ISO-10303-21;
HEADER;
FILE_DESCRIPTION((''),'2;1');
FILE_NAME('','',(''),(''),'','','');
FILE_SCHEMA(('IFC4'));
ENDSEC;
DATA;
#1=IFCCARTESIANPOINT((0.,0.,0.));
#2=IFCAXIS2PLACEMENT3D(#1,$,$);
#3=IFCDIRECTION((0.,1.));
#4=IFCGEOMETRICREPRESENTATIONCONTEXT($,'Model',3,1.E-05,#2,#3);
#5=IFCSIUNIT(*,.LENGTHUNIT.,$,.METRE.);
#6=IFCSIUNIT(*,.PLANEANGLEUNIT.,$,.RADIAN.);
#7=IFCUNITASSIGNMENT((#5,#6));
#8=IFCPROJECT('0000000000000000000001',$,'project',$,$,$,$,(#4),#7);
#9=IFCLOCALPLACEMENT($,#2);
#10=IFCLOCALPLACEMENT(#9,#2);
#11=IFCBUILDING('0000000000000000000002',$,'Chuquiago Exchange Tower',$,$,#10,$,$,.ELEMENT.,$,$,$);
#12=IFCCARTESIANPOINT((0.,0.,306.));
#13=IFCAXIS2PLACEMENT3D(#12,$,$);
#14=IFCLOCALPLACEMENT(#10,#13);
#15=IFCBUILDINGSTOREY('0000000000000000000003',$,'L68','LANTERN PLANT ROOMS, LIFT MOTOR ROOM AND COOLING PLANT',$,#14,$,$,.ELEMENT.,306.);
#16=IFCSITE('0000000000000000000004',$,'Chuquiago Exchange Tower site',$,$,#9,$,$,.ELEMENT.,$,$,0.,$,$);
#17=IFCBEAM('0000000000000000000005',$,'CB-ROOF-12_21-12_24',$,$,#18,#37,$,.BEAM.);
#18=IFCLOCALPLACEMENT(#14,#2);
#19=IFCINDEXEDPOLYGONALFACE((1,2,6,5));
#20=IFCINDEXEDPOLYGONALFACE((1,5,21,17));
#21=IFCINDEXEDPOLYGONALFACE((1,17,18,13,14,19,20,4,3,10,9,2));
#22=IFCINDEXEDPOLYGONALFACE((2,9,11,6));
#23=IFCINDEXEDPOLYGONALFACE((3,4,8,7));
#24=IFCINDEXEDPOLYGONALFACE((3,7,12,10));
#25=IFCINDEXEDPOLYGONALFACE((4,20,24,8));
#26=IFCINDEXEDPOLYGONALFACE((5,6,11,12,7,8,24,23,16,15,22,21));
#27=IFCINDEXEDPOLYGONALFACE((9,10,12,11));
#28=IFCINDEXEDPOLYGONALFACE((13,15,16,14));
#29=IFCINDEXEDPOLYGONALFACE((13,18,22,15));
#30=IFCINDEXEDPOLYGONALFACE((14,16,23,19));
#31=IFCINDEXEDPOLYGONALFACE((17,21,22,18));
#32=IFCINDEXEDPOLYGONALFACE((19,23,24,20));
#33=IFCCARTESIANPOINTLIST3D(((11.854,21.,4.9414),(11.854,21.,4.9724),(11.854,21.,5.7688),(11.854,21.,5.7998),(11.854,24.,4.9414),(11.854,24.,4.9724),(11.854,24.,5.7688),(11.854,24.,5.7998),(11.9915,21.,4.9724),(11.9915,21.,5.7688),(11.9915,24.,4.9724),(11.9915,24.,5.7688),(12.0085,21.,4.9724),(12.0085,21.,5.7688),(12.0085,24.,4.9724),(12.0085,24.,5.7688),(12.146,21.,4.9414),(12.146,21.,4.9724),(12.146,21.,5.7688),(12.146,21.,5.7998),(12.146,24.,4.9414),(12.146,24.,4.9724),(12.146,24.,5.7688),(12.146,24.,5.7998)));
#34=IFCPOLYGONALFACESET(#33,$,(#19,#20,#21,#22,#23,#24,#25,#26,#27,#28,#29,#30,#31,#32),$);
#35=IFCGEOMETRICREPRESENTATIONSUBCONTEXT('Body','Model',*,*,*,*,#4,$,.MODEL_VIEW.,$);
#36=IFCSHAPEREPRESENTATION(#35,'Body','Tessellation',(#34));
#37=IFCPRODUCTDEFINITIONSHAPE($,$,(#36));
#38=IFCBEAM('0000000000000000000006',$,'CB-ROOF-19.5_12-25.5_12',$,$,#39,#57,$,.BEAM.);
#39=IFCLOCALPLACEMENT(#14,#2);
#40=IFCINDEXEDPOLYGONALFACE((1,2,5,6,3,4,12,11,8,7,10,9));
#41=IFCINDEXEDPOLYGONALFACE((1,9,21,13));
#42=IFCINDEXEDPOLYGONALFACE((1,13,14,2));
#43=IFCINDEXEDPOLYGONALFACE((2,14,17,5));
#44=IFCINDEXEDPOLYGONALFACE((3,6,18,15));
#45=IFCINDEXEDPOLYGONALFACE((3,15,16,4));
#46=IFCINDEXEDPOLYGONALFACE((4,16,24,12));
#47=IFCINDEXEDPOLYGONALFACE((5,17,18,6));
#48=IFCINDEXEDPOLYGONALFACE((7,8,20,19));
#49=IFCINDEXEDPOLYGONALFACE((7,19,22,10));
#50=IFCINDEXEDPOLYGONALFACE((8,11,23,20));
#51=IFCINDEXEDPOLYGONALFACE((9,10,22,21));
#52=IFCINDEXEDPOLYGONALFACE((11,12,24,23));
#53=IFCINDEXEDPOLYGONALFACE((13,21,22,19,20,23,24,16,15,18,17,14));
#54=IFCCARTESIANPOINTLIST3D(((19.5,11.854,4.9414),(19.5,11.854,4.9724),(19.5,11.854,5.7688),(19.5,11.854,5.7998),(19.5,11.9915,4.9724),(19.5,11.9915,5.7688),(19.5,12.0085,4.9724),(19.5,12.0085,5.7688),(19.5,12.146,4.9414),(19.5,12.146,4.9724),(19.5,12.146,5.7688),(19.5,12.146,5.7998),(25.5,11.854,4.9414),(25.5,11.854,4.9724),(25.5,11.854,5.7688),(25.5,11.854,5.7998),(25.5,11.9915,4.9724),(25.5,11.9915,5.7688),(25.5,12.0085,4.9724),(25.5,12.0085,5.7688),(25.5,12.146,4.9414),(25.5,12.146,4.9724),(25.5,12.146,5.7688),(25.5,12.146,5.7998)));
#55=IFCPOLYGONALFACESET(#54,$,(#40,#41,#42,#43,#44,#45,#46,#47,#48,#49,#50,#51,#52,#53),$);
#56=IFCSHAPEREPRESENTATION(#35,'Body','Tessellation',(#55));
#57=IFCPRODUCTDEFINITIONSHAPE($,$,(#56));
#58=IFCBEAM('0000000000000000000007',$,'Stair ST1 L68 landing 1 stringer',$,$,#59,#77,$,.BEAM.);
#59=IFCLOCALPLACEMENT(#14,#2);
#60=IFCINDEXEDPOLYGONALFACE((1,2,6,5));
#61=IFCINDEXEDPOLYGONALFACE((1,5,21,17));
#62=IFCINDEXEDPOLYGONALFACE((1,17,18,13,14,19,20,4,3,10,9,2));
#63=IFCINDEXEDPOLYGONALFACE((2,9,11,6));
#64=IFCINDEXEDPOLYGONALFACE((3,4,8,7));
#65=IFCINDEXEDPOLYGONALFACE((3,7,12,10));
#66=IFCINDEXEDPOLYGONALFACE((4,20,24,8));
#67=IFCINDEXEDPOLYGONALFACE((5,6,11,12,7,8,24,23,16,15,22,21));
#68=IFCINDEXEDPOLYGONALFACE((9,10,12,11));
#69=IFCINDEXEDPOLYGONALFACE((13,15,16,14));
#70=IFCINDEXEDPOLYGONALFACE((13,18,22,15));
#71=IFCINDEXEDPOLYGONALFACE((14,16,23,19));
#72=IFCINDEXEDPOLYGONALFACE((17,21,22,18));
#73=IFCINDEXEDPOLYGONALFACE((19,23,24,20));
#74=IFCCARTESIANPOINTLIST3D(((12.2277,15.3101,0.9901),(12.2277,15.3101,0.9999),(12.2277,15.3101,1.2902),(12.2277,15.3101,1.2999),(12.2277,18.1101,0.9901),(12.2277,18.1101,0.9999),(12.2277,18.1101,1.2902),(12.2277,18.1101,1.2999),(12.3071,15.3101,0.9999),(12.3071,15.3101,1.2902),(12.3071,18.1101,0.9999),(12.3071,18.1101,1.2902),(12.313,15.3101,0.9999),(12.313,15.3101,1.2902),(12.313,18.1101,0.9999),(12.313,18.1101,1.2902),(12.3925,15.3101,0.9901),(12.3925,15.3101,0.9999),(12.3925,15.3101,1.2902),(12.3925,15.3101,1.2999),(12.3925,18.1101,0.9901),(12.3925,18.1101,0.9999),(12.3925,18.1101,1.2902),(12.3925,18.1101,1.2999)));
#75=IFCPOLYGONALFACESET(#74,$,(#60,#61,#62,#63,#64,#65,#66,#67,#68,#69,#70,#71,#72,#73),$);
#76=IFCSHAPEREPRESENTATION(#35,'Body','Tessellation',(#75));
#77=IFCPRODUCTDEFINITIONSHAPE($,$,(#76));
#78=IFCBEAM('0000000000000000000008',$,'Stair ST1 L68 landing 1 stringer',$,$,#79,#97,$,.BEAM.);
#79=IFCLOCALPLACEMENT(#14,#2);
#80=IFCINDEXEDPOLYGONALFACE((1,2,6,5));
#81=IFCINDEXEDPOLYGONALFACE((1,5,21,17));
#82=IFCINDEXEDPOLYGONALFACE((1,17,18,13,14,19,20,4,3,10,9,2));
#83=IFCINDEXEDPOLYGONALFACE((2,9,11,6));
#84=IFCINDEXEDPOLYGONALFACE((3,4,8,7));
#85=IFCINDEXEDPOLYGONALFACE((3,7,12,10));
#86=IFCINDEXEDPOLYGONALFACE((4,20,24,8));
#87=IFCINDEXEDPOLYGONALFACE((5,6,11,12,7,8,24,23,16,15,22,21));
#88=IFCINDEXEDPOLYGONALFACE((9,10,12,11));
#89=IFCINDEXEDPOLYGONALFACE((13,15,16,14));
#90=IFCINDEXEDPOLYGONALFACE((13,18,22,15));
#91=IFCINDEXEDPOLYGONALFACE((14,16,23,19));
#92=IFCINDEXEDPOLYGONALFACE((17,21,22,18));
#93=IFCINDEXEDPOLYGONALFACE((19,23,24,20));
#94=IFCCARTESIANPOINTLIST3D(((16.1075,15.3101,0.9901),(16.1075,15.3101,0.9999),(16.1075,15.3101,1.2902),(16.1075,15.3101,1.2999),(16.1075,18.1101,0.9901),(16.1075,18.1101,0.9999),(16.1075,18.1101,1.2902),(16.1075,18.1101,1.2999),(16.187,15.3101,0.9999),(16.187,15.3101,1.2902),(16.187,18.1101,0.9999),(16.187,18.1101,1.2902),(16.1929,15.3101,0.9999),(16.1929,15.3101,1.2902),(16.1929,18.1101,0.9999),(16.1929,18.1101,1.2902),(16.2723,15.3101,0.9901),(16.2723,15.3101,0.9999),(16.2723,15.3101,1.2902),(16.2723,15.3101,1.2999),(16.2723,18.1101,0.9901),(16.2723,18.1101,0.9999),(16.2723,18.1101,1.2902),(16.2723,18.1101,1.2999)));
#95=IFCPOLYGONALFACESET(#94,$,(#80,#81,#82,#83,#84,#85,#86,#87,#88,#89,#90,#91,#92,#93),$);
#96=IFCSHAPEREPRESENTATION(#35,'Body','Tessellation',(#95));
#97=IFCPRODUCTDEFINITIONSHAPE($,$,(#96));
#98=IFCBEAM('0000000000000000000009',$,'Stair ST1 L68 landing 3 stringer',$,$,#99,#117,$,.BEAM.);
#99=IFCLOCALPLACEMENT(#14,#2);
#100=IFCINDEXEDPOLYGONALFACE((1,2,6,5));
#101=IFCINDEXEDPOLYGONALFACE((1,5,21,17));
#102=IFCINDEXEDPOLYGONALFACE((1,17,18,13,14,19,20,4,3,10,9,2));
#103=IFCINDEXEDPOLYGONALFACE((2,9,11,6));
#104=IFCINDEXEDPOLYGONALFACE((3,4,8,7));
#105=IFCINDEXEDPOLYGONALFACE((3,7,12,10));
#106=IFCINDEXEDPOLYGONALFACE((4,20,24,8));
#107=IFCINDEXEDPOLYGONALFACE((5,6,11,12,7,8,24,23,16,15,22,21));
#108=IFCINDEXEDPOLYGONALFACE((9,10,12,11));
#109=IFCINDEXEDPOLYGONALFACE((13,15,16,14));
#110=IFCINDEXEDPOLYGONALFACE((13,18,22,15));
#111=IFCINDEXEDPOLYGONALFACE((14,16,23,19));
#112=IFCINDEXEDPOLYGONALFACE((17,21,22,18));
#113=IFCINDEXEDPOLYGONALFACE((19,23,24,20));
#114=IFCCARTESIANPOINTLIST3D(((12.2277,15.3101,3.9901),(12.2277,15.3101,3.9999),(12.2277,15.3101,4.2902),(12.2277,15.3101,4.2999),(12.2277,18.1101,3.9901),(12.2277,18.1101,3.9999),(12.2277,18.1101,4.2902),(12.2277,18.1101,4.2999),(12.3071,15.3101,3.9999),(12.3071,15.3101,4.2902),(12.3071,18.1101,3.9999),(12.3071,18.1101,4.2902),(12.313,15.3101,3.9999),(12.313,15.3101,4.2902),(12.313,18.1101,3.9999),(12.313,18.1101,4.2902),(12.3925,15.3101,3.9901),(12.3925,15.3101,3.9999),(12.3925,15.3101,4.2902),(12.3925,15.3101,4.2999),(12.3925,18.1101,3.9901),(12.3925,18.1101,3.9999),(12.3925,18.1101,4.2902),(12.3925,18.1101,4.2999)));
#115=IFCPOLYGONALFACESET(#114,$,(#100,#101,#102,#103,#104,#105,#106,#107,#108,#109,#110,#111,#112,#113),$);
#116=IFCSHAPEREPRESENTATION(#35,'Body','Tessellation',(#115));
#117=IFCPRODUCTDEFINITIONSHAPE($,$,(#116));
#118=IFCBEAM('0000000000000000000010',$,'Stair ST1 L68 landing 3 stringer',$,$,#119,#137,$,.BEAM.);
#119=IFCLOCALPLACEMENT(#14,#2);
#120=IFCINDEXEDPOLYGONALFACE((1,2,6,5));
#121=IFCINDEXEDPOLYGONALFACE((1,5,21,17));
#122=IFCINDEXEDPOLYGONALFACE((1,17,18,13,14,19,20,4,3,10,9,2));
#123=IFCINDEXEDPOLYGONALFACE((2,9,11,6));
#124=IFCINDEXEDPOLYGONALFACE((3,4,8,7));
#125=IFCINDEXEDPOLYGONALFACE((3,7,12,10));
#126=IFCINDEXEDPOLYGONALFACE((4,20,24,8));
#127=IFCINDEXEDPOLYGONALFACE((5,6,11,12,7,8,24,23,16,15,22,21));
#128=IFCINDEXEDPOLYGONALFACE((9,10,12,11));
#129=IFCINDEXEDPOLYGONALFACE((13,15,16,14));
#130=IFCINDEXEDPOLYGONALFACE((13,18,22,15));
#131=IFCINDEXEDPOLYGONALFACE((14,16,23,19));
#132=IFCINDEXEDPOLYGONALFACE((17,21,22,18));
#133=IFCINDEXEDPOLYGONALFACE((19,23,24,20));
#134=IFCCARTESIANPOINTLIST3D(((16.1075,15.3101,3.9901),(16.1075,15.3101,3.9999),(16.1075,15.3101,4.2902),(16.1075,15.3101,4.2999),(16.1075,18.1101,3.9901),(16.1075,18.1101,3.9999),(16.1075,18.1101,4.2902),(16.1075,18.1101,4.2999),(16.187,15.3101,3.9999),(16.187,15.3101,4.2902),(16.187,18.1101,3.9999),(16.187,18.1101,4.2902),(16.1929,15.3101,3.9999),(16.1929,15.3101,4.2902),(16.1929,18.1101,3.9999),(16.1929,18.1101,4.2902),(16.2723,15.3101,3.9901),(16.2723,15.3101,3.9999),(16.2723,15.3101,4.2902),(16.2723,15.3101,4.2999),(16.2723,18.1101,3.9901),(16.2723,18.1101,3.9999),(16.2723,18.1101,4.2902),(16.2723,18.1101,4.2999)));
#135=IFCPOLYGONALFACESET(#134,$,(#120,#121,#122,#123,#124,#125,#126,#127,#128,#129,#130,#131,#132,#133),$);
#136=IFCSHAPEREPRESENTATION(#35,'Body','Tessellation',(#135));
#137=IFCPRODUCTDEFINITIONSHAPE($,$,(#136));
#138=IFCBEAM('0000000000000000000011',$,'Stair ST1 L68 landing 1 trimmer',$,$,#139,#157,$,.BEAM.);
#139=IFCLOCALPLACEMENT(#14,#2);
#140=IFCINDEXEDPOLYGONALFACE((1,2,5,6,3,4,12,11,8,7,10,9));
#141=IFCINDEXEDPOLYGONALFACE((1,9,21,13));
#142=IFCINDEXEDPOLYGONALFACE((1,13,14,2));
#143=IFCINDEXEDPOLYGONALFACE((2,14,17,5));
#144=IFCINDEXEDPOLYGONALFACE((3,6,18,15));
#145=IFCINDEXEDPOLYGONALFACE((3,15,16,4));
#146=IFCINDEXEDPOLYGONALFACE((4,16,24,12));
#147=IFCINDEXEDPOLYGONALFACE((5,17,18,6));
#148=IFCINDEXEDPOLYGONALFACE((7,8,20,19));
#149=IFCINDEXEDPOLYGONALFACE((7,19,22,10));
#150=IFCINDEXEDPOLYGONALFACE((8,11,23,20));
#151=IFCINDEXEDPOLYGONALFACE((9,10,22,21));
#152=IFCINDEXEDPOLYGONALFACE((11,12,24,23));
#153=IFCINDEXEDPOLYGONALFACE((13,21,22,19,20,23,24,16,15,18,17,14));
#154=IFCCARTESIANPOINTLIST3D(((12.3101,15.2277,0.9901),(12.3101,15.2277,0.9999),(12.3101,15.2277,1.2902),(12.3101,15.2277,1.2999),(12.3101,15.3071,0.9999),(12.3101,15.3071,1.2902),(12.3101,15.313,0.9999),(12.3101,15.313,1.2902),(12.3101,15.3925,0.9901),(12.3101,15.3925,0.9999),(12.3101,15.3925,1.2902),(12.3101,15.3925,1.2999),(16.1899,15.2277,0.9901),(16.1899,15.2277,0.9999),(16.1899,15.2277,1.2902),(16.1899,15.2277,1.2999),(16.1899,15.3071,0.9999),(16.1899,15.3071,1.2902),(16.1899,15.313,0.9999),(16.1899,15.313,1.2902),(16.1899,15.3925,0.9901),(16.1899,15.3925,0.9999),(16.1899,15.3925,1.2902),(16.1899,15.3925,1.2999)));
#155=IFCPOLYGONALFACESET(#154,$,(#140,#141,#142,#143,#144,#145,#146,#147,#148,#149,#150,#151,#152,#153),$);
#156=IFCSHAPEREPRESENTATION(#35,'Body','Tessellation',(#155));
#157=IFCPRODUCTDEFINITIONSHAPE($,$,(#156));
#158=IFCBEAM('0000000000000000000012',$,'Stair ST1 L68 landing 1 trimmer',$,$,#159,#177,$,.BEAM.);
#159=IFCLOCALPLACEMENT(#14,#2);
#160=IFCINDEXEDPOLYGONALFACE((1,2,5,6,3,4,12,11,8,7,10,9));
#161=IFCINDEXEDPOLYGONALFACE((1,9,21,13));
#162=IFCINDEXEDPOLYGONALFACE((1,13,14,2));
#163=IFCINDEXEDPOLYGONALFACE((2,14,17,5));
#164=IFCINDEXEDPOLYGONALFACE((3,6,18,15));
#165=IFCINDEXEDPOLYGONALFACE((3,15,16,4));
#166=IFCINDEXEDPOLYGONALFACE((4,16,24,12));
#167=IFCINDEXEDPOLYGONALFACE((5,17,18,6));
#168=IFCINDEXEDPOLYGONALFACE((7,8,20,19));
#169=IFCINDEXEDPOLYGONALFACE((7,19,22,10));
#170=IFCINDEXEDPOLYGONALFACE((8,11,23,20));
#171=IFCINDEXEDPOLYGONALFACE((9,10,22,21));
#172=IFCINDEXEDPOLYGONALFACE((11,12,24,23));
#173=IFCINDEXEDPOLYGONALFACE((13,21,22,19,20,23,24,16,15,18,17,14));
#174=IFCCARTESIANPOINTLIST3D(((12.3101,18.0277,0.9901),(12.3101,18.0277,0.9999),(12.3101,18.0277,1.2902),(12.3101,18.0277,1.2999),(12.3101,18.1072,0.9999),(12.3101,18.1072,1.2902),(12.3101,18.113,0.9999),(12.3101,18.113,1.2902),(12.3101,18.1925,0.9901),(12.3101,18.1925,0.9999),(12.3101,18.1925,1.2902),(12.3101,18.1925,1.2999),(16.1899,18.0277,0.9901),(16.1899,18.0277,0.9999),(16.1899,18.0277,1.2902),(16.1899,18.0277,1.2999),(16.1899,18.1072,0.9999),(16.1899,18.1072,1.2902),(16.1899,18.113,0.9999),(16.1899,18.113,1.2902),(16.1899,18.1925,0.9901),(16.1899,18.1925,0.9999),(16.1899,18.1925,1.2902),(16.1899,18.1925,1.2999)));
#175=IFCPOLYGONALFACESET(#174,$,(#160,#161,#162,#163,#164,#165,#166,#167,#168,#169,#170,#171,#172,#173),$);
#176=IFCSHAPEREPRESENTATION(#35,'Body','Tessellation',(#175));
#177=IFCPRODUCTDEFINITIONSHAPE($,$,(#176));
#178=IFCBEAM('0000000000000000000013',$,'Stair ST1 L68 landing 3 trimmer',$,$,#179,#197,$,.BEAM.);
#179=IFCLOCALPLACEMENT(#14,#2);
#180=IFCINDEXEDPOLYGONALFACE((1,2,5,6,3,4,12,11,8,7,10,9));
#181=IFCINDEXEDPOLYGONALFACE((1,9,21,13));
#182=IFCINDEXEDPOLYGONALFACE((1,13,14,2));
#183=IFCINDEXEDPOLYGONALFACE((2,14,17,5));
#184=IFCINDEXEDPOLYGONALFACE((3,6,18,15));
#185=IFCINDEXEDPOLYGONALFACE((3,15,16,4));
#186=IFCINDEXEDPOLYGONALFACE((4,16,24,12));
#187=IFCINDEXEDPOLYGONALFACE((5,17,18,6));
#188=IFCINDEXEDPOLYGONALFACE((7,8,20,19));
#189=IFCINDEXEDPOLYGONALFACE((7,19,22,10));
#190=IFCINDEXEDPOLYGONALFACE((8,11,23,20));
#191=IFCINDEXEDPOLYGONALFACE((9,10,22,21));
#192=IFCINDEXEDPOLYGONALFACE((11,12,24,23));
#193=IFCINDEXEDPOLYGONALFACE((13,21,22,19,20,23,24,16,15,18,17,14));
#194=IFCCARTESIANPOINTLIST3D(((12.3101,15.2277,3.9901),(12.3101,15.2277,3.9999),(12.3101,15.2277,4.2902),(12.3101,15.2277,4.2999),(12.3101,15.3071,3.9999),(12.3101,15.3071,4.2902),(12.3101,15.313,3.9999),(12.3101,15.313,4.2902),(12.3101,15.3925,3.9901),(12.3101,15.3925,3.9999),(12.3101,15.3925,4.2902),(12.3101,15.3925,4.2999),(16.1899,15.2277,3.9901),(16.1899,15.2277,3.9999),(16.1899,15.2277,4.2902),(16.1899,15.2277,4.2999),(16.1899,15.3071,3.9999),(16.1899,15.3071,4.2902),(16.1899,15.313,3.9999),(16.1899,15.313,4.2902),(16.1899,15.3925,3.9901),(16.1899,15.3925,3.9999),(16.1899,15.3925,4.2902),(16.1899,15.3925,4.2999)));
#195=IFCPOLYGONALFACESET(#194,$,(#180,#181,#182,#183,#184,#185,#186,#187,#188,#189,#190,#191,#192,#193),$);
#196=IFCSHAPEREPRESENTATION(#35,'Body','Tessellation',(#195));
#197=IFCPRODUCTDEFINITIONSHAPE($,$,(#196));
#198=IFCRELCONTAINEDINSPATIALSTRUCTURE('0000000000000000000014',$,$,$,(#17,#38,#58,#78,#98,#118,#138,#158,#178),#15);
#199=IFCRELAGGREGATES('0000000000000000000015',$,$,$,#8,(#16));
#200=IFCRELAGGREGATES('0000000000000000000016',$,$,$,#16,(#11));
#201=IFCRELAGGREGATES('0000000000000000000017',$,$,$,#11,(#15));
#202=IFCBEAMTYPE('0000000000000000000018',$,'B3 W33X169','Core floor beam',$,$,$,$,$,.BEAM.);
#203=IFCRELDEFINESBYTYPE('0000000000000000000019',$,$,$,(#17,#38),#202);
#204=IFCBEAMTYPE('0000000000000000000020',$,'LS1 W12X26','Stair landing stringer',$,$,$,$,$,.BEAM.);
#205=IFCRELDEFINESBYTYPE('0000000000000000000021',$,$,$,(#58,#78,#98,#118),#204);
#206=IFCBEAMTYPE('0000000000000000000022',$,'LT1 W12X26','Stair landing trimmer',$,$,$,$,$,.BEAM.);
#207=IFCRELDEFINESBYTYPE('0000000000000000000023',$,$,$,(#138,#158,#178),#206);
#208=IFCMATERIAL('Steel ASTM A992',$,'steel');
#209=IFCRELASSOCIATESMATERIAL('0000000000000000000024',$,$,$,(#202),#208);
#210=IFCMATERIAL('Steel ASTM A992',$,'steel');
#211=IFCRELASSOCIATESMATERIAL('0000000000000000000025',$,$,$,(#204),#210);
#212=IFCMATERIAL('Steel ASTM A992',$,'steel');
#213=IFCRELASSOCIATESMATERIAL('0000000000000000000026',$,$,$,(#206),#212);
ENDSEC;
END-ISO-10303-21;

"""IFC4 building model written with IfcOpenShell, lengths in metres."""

from ifc_helpers import new_model, si_unit, direction, frame, origin, origin_2d, place, context, subcontext, project, spatial, i_section, extrude, material, material_profile, profile_set, type_object, element, save


model = new_model("IFC4")

# Units and contexts
model_context = context("Model", 3, precision=1e-05, world=origin(), true_north=direction((0.0, 1.0)))
body_context = subcontext(model_context, "Body", "Model", "MODEL_VIEW")
ifc_project = project(units=[si_unit("LENGTHUNIT", "METRE"), si_unit("PLANEANGLEUNIT", "RADIAN")], contexts=[model_context])

# Site, building, storey
site_placement = place(None, origin())
site = spatial("IfcSite", under=ifc_project, at=site_placement, Name="Chuquiago Exchange Tower site", CompositionType="ELEMENT", RefElevation=0.0)
building_placement = place(site_placement, origin())
building = spatial("IfcBuilding", under=site, at=building_placement, Name="Chuquiago Exchange Tower", CompositionType="ELEMENT")
storey_placement = place(building_placement, frame((0.0, 0.0, 306.0)))
storey = spatial("IfcBuildingStorey", under=building, at=storey_placement, Name="L68", Description="LANTERN PLANT ROOMS, LIFT MOTOR ROOM AND COOLING PLANT", CompositionType="ELEMENT", Elevation=306.0)

# Beams
ifc_material_1 = material(Name="Steel ASTM A992", Category="steel")
ifc_material_profile_1 = material_profile(ifc_material_1, i_section(OverallWidth=0.292, OverallDepth=0.8584, WebThickness=0.0171, FlangeThickness=0.031, at=origin_2d()), Name="W33X169")
ifc_profile_set_1 = profile_set([ifc_material_profile_1], Name="Steel ASTM A992")
beam_type_1 = type_object("IfcBeamType", Name="B3 W33X169", Description="Core floor beam", PredefinedType="BEAM", material=ifc_profile_set_1)
beam_1_placement = place(storey_placement, frame((12.0, 21.0, 5.3706), z_axis=(0.0, 1.0, 0.0), x_axis=(-1.0, 0.0, 0.0)))
element("IfcBeam", 1, at=beam_1_placement, inside=storey, type_object=beam_type_1, Name="CB-ROOF-12_21-12_24", PredefinedType="BEAM", context=body_context, shape_type="SweptSolid", body=[
    extrude(i_section(OverallWidth=0.292, OverallDepth=0.8584, WebThickness=0.0171, FlangeThickness=0.031, at=origin_2d()), origin(), (0.0, 0.0, 1.0), 3.0),
])
beam_2_placement = place(storey_placement, frame((19.5, 12.0, 5.3706), z_axis=(1.0, 0.0, 0.0), x_axis=(0.0, 1.0, 0.0)))
element("IfcBeam", 2, at=beam_2_placement, inside=storey, type_object=beam_type_1, Name="CB-ROOF-19.5_12-25.5_12", PredefinedType="BEAM", context=body_context, shape_type="SweptSolid", body=[
    extrude(i_section(OverallWidth=0.292, OverallDepth=0.8584, WebThickness=0.0171, FlangeThickness=0.031, at=origin_2d()), origin(), (0.0, 0.0, 1.0), 6.0),
])
ifc_material_2 = material(Name="Steel ASTM A992", Category="steel")
ifc_material_profile_2 = material_profile(ifc_material_2, i_section(OverallWidth=0.1648, OverallDepth=0.3098, WebThickness=0.0059, FlangeThickness=0.0098, at=origin_2d()), Name="W12X26")
ifc_profile_set_2 = profile_set([ifc_material_profile_2], Name="Steel ASTM A992")
beam_type_2 = type_object("IfcBeamType", Name="LS1 W12X26", Description="Stair landing stringer", PredefinedType="BEAM", material=ifc_profile_set_2)
for number, where, z_axis, x_axis, name in (
    (3, (12.3101, 15.3101, 1.145), (0.0, 1.0, 0.0), (-1.0, 0.0, 0.0), "Stair ST1 L68 landing 1 stringer"),
    (4, (16.1899, 15.3101, 1.145), (0.0, 1.0, 0.0), (-1.0, 0.0, 0.0), "Stair ST1 L68 landing 1 stringer"),
    (5, (12.3101, 15.3101, 4.145), (0.0, 1.0, 0.0), (-1.0, 0.0, 0.0), "Stair ST1 L68 landing 3 stringer"),
    (6, (16.1899, 15.3101, 4.145), (0.0, 1.0, 0.0), (-1.0, 0.0, 0.0), "Stair ST1 L68 landing 3 stringer"),
):
    element("IfcBeam", number, at=place(storey_placement, frame(where, z_axis=z_axis, x_axis=x_axis)), inside=storey, type_object=beam_type_2, Name=name, PredefinedType="BEAM", context=body_context, shape_type="SweptSolid", body=[
        extrude(i_section(OverallWidth=0.1648, OverallDepth=0.3098, WebThickness=0.0059, FlangeThickness=0.0098, at=origin_2d()), origin(), (0.0, 0.0, 1.0), 2.8),
    ])
ifc_material_3 = material(Name="Steel ASTM A992", Category="steel")
ifc_material_profile_3 = material_profile(ifc_material_3, i_section(OverallWidth=0.1648, OverallDepth=0.3098, WebThickness=0.0059, FlangeThickness=0.0098, at=origin_2d()), Name="W12X26")
ifc_profile_set_3 = profile_set([ifc_material_profile_3], Name="Steel ASTM A992")
beam_type_3 = type_object("IfcBeamType", Name="LT1 W12X26", Description="Stair landing trimmer", PredefinedType="BEAM", material=ifc_profile_set_3)
for number, where, z_axis, x_axis, name in (
    (7, (12.3101, 15.3101, 1.145), (1.0, 0.0, 0.0), (0.0, 1.0, 0.0), "Stair ST1 L68 landing 1 trimmer"),
    (8, (12.3101, 18.1101, 1.145), (1.0, 0.0, 0.0), (0.0, 1.0, 0.0), "Stair ST1 L68 landing 1 trimmer"),
    (9, (12.3101, 15.3101, 4.145), (1.0, 0.0, 0.0), (0.0, 1.0, 0.0), "Stair ST1 L68 landing 3 trimmer"),
):
    element("IfcBeam", number, at=place(storey_placement, frame(where, z_axis=z_axis, x_axis=x_axis)), inside=storey, type_object=beam_type_3, Name=name, PredefinedType="BEAM", context=body_context, shape_type="SweptSolid", body=[
        extrude(i_section(OverallWidth=0.1648, OverallDepth=0.3098, WebThickness=0.0059, FlangeThickness=0.0098, at=origin_2d()), origin(), (0.0, 0.0, 1.0), 3.8799),
    ])

save(model, "model.ifc")
